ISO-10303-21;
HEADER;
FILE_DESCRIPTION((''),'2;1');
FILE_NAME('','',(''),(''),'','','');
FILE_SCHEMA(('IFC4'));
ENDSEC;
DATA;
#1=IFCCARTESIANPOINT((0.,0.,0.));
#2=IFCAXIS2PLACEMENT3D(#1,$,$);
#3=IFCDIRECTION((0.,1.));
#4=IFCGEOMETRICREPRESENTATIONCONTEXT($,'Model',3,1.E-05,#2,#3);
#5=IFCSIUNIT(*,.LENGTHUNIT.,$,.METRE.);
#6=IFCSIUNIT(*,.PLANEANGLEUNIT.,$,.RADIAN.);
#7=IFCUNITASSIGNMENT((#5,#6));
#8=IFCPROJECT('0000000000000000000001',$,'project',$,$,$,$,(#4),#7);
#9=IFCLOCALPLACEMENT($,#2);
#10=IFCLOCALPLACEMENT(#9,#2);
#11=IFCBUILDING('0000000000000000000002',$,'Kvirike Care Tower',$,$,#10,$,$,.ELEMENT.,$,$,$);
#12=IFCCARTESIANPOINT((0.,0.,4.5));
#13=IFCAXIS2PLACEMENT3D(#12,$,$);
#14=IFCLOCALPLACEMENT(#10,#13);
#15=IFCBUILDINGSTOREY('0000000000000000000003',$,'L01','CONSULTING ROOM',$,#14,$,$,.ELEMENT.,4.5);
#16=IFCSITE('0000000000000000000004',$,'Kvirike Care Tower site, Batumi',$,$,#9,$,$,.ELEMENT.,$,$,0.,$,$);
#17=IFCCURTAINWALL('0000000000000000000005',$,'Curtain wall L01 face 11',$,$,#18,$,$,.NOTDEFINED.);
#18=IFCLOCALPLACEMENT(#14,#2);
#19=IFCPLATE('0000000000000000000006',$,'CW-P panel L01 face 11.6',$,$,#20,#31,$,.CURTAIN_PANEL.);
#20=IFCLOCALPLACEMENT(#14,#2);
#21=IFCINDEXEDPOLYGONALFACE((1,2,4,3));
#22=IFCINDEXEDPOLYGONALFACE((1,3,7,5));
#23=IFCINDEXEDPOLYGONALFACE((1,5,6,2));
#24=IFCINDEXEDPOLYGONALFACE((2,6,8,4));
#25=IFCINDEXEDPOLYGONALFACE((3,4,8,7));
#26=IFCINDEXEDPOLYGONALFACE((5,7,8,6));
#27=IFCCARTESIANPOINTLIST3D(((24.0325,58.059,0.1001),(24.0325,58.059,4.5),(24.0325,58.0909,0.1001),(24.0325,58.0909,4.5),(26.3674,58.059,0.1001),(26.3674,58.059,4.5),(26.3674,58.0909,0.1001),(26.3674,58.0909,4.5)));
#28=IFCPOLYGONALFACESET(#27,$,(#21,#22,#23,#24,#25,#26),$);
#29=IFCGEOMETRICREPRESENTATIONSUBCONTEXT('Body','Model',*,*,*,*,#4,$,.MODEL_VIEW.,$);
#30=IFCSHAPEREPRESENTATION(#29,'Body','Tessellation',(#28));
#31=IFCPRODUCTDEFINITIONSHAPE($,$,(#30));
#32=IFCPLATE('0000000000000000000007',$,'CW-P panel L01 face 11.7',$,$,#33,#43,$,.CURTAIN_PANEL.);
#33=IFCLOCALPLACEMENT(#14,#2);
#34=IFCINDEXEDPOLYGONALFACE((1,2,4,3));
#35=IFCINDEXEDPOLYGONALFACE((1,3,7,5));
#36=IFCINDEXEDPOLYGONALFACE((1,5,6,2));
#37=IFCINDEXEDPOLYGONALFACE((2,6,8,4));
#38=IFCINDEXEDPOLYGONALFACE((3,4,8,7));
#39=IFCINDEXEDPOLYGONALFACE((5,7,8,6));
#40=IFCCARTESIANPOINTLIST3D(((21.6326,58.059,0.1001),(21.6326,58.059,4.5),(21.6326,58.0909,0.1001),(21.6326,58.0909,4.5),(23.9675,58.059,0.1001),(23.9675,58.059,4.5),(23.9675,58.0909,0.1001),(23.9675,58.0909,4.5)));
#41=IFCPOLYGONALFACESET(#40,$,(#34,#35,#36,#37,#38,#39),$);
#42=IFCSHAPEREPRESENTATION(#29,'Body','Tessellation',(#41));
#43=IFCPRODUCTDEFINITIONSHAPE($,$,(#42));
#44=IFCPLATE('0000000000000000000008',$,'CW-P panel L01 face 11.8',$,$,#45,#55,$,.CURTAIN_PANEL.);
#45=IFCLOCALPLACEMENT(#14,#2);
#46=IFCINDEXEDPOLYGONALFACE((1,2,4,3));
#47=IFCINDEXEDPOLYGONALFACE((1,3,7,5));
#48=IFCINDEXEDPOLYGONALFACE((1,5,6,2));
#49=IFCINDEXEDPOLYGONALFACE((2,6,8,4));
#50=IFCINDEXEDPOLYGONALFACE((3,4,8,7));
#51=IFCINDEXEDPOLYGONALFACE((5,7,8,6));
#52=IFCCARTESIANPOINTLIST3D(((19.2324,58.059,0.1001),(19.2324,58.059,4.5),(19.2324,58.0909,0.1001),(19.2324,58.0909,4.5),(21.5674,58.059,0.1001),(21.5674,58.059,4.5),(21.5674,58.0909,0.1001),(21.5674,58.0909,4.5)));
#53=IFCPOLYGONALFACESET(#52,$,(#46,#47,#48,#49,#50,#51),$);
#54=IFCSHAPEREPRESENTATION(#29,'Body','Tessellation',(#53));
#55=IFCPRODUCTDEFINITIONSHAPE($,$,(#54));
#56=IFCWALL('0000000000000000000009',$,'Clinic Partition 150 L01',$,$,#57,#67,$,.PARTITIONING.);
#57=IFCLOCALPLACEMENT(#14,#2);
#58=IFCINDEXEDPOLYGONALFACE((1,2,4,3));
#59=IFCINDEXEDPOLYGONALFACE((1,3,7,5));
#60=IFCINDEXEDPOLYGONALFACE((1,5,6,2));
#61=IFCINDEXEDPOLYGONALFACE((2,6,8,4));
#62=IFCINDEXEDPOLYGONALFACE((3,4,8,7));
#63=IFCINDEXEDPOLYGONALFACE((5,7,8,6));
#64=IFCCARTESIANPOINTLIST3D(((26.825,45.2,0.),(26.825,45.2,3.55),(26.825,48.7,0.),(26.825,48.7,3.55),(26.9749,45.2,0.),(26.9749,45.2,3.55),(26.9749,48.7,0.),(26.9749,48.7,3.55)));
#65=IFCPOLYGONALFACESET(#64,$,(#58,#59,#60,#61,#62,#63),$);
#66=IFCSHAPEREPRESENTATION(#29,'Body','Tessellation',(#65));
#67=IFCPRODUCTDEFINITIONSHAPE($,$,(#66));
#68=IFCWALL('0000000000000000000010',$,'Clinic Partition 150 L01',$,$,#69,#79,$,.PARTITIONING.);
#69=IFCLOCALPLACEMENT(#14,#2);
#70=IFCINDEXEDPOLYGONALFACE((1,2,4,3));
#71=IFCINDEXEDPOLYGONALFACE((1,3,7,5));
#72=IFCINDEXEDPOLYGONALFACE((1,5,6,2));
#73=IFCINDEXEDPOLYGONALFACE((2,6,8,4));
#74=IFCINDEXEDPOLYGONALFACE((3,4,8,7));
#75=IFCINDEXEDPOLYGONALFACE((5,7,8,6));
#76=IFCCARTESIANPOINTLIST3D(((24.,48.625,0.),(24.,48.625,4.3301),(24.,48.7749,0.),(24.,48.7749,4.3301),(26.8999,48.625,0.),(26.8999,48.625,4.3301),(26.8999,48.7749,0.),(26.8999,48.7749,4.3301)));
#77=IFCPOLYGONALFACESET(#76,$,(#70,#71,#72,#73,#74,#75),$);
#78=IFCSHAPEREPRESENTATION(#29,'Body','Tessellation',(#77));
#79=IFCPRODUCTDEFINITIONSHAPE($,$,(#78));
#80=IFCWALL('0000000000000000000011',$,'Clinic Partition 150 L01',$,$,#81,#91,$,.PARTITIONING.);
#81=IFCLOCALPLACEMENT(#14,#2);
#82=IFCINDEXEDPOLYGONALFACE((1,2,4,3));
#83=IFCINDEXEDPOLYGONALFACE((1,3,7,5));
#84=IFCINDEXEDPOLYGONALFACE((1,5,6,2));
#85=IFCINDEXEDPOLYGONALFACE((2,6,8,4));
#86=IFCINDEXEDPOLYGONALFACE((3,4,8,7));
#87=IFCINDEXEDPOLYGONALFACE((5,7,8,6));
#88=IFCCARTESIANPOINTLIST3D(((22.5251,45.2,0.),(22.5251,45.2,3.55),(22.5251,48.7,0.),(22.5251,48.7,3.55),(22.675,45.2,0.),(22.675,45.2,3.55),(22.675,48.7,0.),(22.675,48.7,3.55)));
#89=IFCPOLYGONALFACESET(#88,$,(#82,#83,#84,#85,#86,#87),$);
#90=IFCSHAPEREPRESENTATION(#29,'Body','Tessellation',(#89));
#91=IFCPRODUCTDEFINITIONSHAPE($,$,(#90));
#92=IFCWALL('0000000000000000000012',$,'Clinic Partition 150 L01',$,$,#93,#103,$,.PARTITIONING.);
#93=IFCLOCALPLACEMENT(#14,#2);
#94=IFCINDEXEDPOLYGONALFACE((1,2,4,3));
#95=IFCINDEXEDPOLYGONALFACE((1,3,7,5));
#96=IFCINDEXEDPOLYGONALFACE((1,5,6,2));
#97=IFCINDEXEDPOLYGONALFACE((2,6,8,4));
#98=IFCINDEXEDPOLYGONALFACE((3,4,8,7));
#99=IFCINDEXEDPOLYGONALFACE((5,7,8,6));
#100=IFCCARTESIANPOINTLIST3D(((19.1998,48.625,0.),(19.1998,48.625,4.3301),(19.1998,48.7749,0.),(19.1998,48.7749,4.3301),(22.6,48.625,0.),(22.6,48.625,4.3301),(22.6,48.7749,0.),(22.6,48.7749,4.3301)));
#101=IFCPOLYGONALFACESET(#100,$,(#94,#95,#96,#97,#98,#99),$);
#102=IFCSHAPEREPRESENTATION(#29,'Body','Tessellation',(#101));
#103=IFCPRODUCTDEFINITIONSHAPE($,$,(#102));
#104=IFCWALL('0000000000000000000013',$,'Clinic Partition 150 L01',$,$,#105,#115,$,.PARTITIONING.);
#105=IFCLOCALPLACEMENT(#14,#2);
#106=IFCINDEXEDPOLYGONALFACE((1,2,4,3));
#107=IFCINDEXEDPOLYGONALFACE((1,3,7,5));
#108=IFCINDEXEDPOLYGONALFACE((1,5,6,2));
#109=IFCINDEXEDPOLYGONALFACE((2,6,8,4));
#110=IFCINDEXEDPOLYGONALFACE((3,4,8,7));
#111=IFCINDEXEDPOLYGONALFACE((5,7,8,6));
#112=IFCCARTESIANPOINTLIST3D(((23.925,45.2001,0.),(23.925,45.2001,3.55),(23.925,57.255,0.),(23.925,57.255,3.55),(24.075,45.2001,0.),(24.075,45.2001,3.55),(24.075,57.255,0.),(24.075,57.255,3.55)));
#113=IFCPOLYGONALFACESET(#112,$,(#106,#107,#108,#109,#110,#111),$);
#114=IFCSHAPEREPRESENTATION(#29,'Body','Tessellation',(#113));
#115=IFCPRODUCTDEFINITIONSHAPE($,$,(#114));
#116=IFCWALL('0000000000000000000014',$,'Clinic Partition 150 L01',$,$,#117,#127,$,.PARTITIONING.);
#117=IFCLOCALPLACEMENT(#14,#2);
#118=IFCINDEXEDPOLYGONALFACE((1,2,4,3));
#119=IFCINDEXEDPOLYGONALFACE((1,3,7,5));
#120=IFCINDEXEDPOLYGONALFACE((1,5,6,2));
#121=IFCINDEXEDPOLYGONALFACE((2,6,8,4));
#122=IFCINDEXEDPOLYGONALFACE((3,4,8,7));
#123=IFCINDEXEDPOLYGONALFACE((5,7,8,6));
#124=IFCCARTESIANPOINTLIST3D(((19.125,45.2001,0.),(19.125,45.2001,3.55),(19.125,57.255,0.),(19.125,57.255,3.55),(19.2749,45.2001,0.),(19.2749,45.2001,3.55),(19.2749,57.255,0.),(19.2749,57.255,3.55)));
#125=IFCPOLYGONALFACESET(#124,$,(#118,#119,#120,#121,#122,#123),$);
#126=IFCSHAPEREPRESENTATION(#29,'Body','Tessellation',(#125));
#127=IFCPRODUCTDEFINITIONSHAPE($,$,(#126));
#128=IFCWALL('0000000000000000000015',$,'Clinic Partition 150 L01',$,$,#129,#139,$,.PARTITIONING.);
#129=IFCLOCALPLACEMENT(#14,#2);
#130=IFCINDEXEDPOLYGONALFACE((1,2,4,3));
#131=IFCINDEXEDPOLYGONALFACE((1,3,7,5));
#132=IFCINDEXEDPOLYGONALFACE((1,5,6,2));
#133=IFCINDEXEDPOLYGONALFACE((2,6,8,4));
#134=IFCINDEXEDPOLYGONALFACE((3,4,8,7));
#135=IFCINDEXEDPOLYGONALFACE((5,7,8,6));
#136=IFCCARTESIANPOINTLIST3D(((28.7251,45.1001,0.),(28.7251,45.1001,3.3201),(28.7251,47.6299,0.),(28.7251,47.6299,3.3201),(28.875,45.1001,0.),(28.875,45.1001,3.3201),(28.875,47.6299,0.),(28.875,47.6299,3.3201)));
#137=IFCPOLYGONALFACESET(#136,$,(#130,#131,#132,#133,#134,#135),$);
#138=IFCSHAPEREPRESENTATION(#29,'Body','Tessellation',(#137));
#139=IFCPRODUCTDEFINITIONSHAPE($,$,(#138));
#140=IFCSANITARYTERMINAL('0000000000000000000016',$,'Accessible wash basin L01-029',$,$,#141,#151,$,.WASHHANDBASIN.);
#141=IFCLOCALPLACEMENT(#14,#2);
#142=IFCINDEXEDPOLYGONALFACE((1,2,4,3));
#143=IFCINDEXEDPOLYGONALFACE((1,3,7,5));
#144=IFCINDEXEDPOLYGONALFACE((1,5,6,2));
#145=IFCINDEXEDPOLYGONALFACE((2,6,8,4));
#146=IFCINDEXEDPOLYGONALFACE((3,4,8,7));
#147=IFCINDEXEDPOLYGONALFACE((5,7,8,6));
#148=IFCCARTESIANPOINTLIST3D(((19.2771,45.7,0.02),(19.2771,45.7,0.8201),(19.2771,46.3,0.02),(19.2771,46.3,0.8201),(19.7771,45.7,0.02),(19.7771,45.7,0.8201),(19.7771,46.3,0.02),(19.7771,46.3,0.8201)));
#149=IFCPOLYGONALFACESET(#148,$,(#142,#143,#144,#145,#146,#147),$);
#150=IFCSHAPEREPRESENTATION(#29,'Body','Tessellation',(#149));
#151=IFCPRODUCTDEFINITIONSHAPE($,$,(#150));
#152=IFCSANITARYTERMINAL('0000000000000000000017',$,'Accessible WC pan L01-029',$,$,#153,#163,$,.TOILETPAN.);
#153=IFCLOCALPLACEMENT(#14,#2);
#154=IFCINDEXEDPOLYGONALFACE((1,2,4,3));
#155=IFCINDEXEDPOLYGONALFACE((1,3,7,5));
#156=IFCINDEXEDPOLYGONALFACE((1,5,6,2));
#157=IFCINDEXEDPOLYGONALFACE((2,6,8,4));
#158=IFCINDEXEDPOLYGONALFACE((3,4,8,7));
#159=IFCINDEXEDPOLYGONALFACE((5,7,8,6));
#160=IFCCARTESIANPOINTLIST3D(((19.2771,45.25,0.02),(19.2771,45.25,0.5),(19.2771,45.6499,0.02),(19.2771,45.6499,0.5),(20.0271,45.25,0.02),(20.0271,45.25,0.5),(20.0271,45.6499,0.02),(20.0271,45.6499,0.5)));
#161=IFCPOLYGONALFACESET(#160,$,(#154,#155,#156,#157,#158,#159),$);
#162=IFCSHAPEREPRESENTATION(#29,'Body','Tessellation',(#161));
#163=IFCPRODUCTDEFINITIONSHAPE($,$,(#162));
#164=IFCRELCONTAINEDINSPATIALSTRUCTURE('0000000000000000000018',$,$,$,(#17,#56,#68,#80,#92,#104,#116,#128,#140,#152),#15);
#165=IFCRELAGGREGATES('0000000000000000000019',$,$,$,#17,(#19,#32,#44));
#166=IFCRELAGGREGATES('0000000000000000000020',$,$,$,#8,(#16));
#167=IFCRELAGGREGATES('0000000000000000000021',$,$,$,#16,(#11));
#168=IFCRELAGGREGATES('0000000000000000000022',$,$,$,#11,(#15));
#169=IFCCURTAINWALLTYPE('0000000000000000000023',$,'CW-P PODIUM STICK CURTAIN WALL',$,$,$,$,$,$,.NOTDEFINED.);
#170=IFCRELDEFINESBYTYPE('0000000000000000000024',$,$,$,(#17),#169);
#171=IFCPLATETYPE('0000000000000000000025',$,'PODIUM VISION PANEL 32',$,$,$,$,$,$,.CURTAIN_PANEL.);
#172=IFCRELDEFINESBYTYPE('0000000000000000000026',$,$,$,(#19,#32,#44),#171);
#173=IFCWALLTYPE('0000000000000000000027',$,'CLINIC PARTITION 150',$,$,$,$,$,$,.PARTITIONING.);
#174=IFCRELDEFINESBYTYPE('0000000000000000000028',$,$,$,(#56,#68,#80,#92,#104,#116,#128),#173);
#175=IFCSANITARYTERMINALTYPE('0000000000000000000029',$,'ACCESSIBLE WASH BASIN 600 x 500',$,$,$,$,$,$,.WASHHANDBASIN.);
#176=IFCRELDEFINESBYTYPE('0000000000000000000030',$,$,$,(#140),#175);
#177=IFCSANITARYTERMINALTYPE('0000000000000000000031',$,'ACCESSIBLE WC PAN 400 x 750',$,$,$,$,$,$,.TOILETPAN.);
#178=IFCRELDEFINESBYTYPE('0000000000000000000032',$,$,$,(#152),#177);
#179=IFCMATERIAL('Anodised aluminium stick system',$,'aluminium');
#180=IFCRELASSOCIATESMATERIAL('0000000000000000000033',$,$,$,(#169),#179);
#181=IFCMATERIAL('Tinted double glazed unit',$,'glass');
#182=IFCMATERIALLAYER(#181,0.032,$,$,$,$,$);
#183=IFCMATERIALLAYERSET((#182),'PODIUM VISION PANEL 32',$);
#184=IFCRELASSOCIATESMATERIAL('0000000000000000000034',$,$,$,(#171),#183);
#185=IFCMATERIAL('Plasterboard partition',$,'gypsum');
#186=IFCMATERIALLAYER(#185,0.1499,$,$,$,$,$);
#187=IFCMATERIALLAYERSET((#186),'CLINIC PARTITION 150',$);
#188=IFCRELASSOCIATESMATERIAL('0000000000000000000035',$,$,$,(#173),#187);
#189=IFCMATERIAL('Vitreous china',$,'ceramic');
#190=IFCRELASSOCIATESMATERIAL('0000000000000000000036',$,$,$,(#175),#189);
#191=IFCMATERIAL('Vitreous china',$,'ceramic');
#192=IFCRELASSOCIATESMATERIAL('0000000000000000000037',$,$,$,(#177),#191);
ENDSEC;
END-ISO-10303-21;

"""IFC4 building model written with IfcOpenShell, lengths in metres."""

from ifc_helpers import new_model, si_unit, direction, frame, frame_2d, origin, origin_2d, place, context, subcontext, project, spatial, rectangle, extrude, material, layer, layer_set, type_object, element, aggregate, save


model = new_model("IFC4")

# Units and contexts
model_context = context("Model", 3, precision=1e-05, world=origin(), true_north=direction((0.0, 1.0)))
body_context = subcontext(model_context, "Body", "Model", "MODEL_VIEW")
ifc_project = project(units=[si_unit("LENGTHUNIT", "METRE"), si_unit("PLANEANGLEUNIT", "RADIAN")], contexts=[model_context])

# Site, building, storey
site_placement = place(None, origin())
site = spatial("IfcSite", under=ifc_project, at=site_placement, Name="Kvirike Care Tower site, Batumi", CompositionType="ELEMENT", RefElevation=0.0)
building_placement = place(site_placement, origin())
building = spatial("IfcBuilding", under=site, at=building_placement, Name="Kvirike Care Tower", CompositionType="ELEMENT")
storey_placement = place(building_placement, frame((0.0, 0.0, 4.5)))
storey = spatial("IfcBuildingStorey", under=building, at=storey_placement, Name="L01", Description="CONSULTING ROOM", CompositionType="ELEMENT", Elevation=4.5)

# Curtain wall
ifc_material_1 = material(Name="Anodised aluminium stick system", Category="aluminium")
curtain_wall_type = type_object("IfcCurtainWallType", Name="CW-P PODIUM STICK CURTAIN WALL", PredefinedType="NOTDEFINED", material=ifc_material_1)
curtain_wall_placement = place(storey_placement, origin())
curtain_wall = element("IfcCurtainWall", 1, at=curtain_wall_placement, inside=storey, type_object=curtain_wall_type, Name="Curtain wall L01 face 11", PredefinedType="NOTDEFINED")

# Plates
ifc_material_2 = material(Name="Tinted double glazed unit", Category="glass")
ifc_layer_1 = layer(ifc_material_2, 0.032)
ifc_layer_set_1 = layer_set([ifc_layer_1], Name="PODIUM VISION PANEL 32")
plate_type = type_object("IfcPlateType", Name="PODIUM VISION PANEL 32", PredefinedType="CURTAIN_PANEL", material=ifc_layer_set_1)
plate_1_placement = place(storey_placement, frame((25.2, 58.075, 0.1001), z_axis=(0.0, 0.0, 1.0), x_axis=(-1.0, 0.0, 0.0)))
plate_1 = element("IfcPlate", 2, at=plate_1_placement, type_object=plate_type, Name="CW-P panel L01 face 11.6", PredefinedType="CURTAIN_PANEL", context=body_context, shape_type="SweptSolid", body=[
    extrude(rectangle(XDim=2.335, YDim=0.032, at=origin_2d()), origin(), (0.0, 0.0, 1.0), 4.3999),
])
plate_2_placement = place(storey_placement, frame((22.8, 58.075, 0.1001), z_axis=(0.0, 0.0, 1.0), x_axis=(-1.0, 0.0, 0.0)))
plate_2 = element("IfcPlate", 3, at=plate_2_placement, type_object=plate_type, Name="CW-P panel L01 face 11.7", PredefinedType="CURTAIN_PANEL", context=body_context, shape_type="SweptSolid", body=[
    extrude(rectangle(XDim=2.335, YDim=0.032, at=origin_2d()), origin(), (0.0, 0.0, 1.0), 4.3999),
])
plate_3_placement = place(storey_placement, frame((20.3999, 58.075, 0.1001), z_axis=(0.0, 0.0, 1.0), x_axis=(-1.0, 0.0, 0.0)))
plate_3 = element("IfcPlate", 4, at=plate_3_placement, type_object=plate_type, Name="CW-P panel L01 face 11.8", PredefinedType="CURTAIN_PANEL", context=body_context, shape_type="SweptSolid", body=[
    extrude(rectangle(XDim=2.335, YDim=0.032, at=origin_2d()), origin(), (0.0, 0.0, 1.0), 4.3999),
])
aggregate(curtain_wall, [plate_1, plate_2, plate_3])

# Walls
ifc_material_3 = material(Name="Plasterboard partition", Category="gypsum")
ifc_layer_2 = layer(ifc_material_3, 0.1499)
ifc_layer_set_2 = layer_set([ifc_layer_2], Name="CLINIC PARTITION 150")
wall_type_1 = type_object("IfcWallType", Name="CLINIC PARTITION 150", PredefinedType="PARTITIONING", material=ifc_layer_set_2)
wall_1_placement = place(storey_placement, frame((26.8999, 48.7, 0.0), z_axis=(0.0, 0.0, 1.0), x_axis=(0.0, -1.0, 0.0)))
element("IfcWall", 5, at=wall_1_placement, inside=storey, type_object=wall_type_1, Name="Clinic Partition 150 L01", PredefinedType="PARTITIONING", context=body_context, shape_type="SweptSolid", body=[
    extrude(rectangle(XDim=3.5, YDim=0.1499, at=frame_2d((1.75, 0.0))), origin(), (0.0, 0.0, 1.0), 3.55),
])
wall_2_placement = place(storey_placement, frame((26.8999, 48.7, 0.0), z_axis=(0.0, 0.0, 1.0), x_axis=(-1.0, 0.0, 0.0)))
element("IfcWall", 6, at=wall_2_placement, inside=storey, type_object=wall_type_1, Name="Clinic Partition 150 L01", PredefinedType="PARTITIONING", context=body_context, shape_type="SweptSolid", body=[
    extrude(rectangle(XDim=2.8999, YDim=0.1499, at=frame_2d((1.45, 0.0))), origin(), (0.0, 0.0, 1.0), 4.3301),
])
wall_3_placement = place(storey_placement, frame((22.6001, 48.7, 0.0), z_axis=(0.0, 0.0, 1.0), x_axis=(0.0, -1.0, 0.0)))
element("IfcWall", 7, at=wall_3_placement, inside=storey, type_object=wall_type_1, Name="Clinic Partition 150 L01", PredefinedType="PARTITIONING", context=body_context, shape_type="SweptSolid", body=[
    extrude(rectangle(XDim=3.5, YDim=0.1499, at=frame_2d((1.75, 0.0))), origin(), (0.0, 0.0, 1.0), 3.55),
])
wall_4_placement = place(storey_placement, frame((22.6001, 48.7, 0.0), z_axis=(0.0, 0.0, 1.0), x_axis=(-1.0, 0.0, 0.0)))
element("IfcWall", 8, at=wall_4_placement, inside=storey, type_object=wall_type_1, Name="Clinic Partition 150 L01", PredefinedType="PARTITIONING", context=body_context, shape_type="SweptSolid", body=[
    extrude(rectangle(XDim=3.4001, YDim=0.1499, at=frame_2d((1.7002, 0.0))), origin(), (0.0, 0.0, 1.0), 4.3301),
])
for number, where, z_axis, x_axis, name in (
    (9, (24.0, 57.2549, 0.0), (0.0, 0.0, 1.0), (0.0, -1.0, 0.0), "Clinic Partition 150 L01"),
    (10, (19.2, 57.2549, 0.0), (0.0, 0.0, 1.0), (0.0, -1.0, 0.0), "Clinic Partition 150 L01"),
):
    element("IfcWall", number, at=place(storey_placement, frame(where, z_axis=z_axis, x_axis=x_axis)), inside=storey, type_object=wall_type_1, Name=name, PredefinedType="PARTITIONING", context=body_context, shape_type="SweptSolid", body=[
        extrude(rectangle(XDim=12.0549, YDim=0.1499, at=frame_2d((6.0273, 0.0))), origin(), (0.0, 0.0, 1.0), 3.55),
    ])
wall_5_placement = place(storey_placement, frame((28.8, 45.1001, 0.0), z_axis=(0.0, 0.0, 1.0), x_axis=(0.0, 1.0, 0.0)))
element("IfcWall", 11, at=wall_5_placement, inside=storey, type_object=wall_type_1, Name="Clinic Partition 150 L01", PredefinedType="PARTITIONING", context=body_context, shape_type="SweptSolid", body=[
    extrude(rectangle(XDim=2.5298, YDim=0.1499, at=frame_2d((1.2649, 0.0))), origin(), (0.0, 0.0, 1.0), 3.3201),
])

# Sanitary terminals
ifc_material_4 = material(Name="Vitreous china", Category="ceramic")
sanitary_terminal_type_1 = type_object("IfcSanitaryTerminalType", Name="ACCESSIBLE WASH BASIN 600 x 500", PredefinedType="WASHHANDBASIN", material=ifc_material_4)
sanitary_terminal_1_placement = place(storey_placement, frame((19.5271, 46.0, 0.02), z_axis=(0.0, 0.0, 1.0), x_axis=(0.0, 1.0, 0.0)))
element("IfcSanitaryTerminal", 12, at=sanitary_terminal_1_placement, inside=storey, type_object=sanitary_terminal_type_1, Name="Accessible wash basin L01-029", PredefinedType="WASHHANDBASIN", context=body_context, shape_type="SweptSolid", body=[
    extrude(rectangle(XDim=0.6001, YDim=0.5, at=origin_2d()), origin(), (0.0, 0.0, 1.0), 0.8),
])
ifc_material_5 = material(Name="Vitreous china", Category="ceramic")
sanitary_terminal_type_2 = type_object("IfcSanitaryTerminalType", Name="ACCESSIBLE WC PAN 400 x 750", PredefinedType="TOILETPAN", material=ifc_material_5)
sanitary_terminal_2_placement = place(storey_placement, frame((19.6521, 45.45, 0.02), z_axis=(0.0, 0.0, 1.0), x_axis=(0.0, 1.0, 0.0)))
element("IfcSanitaryTerminal", 13, at=sanitary_terminal_2_placement, inside=storey, type_object=sanitary_terminal_type_2, Name="Accessible WC pan L01-029", PredefinedType="TOILETPAN", context=body_context, shape_type="SweptSolid", body=[
    extrude(rectangle(XDim=0.3999, YDim=0.75, at=origin_2d()), origin(), (0.0, 0.0, 1.0), 0.48),
])

save(model, "model.ifc")
